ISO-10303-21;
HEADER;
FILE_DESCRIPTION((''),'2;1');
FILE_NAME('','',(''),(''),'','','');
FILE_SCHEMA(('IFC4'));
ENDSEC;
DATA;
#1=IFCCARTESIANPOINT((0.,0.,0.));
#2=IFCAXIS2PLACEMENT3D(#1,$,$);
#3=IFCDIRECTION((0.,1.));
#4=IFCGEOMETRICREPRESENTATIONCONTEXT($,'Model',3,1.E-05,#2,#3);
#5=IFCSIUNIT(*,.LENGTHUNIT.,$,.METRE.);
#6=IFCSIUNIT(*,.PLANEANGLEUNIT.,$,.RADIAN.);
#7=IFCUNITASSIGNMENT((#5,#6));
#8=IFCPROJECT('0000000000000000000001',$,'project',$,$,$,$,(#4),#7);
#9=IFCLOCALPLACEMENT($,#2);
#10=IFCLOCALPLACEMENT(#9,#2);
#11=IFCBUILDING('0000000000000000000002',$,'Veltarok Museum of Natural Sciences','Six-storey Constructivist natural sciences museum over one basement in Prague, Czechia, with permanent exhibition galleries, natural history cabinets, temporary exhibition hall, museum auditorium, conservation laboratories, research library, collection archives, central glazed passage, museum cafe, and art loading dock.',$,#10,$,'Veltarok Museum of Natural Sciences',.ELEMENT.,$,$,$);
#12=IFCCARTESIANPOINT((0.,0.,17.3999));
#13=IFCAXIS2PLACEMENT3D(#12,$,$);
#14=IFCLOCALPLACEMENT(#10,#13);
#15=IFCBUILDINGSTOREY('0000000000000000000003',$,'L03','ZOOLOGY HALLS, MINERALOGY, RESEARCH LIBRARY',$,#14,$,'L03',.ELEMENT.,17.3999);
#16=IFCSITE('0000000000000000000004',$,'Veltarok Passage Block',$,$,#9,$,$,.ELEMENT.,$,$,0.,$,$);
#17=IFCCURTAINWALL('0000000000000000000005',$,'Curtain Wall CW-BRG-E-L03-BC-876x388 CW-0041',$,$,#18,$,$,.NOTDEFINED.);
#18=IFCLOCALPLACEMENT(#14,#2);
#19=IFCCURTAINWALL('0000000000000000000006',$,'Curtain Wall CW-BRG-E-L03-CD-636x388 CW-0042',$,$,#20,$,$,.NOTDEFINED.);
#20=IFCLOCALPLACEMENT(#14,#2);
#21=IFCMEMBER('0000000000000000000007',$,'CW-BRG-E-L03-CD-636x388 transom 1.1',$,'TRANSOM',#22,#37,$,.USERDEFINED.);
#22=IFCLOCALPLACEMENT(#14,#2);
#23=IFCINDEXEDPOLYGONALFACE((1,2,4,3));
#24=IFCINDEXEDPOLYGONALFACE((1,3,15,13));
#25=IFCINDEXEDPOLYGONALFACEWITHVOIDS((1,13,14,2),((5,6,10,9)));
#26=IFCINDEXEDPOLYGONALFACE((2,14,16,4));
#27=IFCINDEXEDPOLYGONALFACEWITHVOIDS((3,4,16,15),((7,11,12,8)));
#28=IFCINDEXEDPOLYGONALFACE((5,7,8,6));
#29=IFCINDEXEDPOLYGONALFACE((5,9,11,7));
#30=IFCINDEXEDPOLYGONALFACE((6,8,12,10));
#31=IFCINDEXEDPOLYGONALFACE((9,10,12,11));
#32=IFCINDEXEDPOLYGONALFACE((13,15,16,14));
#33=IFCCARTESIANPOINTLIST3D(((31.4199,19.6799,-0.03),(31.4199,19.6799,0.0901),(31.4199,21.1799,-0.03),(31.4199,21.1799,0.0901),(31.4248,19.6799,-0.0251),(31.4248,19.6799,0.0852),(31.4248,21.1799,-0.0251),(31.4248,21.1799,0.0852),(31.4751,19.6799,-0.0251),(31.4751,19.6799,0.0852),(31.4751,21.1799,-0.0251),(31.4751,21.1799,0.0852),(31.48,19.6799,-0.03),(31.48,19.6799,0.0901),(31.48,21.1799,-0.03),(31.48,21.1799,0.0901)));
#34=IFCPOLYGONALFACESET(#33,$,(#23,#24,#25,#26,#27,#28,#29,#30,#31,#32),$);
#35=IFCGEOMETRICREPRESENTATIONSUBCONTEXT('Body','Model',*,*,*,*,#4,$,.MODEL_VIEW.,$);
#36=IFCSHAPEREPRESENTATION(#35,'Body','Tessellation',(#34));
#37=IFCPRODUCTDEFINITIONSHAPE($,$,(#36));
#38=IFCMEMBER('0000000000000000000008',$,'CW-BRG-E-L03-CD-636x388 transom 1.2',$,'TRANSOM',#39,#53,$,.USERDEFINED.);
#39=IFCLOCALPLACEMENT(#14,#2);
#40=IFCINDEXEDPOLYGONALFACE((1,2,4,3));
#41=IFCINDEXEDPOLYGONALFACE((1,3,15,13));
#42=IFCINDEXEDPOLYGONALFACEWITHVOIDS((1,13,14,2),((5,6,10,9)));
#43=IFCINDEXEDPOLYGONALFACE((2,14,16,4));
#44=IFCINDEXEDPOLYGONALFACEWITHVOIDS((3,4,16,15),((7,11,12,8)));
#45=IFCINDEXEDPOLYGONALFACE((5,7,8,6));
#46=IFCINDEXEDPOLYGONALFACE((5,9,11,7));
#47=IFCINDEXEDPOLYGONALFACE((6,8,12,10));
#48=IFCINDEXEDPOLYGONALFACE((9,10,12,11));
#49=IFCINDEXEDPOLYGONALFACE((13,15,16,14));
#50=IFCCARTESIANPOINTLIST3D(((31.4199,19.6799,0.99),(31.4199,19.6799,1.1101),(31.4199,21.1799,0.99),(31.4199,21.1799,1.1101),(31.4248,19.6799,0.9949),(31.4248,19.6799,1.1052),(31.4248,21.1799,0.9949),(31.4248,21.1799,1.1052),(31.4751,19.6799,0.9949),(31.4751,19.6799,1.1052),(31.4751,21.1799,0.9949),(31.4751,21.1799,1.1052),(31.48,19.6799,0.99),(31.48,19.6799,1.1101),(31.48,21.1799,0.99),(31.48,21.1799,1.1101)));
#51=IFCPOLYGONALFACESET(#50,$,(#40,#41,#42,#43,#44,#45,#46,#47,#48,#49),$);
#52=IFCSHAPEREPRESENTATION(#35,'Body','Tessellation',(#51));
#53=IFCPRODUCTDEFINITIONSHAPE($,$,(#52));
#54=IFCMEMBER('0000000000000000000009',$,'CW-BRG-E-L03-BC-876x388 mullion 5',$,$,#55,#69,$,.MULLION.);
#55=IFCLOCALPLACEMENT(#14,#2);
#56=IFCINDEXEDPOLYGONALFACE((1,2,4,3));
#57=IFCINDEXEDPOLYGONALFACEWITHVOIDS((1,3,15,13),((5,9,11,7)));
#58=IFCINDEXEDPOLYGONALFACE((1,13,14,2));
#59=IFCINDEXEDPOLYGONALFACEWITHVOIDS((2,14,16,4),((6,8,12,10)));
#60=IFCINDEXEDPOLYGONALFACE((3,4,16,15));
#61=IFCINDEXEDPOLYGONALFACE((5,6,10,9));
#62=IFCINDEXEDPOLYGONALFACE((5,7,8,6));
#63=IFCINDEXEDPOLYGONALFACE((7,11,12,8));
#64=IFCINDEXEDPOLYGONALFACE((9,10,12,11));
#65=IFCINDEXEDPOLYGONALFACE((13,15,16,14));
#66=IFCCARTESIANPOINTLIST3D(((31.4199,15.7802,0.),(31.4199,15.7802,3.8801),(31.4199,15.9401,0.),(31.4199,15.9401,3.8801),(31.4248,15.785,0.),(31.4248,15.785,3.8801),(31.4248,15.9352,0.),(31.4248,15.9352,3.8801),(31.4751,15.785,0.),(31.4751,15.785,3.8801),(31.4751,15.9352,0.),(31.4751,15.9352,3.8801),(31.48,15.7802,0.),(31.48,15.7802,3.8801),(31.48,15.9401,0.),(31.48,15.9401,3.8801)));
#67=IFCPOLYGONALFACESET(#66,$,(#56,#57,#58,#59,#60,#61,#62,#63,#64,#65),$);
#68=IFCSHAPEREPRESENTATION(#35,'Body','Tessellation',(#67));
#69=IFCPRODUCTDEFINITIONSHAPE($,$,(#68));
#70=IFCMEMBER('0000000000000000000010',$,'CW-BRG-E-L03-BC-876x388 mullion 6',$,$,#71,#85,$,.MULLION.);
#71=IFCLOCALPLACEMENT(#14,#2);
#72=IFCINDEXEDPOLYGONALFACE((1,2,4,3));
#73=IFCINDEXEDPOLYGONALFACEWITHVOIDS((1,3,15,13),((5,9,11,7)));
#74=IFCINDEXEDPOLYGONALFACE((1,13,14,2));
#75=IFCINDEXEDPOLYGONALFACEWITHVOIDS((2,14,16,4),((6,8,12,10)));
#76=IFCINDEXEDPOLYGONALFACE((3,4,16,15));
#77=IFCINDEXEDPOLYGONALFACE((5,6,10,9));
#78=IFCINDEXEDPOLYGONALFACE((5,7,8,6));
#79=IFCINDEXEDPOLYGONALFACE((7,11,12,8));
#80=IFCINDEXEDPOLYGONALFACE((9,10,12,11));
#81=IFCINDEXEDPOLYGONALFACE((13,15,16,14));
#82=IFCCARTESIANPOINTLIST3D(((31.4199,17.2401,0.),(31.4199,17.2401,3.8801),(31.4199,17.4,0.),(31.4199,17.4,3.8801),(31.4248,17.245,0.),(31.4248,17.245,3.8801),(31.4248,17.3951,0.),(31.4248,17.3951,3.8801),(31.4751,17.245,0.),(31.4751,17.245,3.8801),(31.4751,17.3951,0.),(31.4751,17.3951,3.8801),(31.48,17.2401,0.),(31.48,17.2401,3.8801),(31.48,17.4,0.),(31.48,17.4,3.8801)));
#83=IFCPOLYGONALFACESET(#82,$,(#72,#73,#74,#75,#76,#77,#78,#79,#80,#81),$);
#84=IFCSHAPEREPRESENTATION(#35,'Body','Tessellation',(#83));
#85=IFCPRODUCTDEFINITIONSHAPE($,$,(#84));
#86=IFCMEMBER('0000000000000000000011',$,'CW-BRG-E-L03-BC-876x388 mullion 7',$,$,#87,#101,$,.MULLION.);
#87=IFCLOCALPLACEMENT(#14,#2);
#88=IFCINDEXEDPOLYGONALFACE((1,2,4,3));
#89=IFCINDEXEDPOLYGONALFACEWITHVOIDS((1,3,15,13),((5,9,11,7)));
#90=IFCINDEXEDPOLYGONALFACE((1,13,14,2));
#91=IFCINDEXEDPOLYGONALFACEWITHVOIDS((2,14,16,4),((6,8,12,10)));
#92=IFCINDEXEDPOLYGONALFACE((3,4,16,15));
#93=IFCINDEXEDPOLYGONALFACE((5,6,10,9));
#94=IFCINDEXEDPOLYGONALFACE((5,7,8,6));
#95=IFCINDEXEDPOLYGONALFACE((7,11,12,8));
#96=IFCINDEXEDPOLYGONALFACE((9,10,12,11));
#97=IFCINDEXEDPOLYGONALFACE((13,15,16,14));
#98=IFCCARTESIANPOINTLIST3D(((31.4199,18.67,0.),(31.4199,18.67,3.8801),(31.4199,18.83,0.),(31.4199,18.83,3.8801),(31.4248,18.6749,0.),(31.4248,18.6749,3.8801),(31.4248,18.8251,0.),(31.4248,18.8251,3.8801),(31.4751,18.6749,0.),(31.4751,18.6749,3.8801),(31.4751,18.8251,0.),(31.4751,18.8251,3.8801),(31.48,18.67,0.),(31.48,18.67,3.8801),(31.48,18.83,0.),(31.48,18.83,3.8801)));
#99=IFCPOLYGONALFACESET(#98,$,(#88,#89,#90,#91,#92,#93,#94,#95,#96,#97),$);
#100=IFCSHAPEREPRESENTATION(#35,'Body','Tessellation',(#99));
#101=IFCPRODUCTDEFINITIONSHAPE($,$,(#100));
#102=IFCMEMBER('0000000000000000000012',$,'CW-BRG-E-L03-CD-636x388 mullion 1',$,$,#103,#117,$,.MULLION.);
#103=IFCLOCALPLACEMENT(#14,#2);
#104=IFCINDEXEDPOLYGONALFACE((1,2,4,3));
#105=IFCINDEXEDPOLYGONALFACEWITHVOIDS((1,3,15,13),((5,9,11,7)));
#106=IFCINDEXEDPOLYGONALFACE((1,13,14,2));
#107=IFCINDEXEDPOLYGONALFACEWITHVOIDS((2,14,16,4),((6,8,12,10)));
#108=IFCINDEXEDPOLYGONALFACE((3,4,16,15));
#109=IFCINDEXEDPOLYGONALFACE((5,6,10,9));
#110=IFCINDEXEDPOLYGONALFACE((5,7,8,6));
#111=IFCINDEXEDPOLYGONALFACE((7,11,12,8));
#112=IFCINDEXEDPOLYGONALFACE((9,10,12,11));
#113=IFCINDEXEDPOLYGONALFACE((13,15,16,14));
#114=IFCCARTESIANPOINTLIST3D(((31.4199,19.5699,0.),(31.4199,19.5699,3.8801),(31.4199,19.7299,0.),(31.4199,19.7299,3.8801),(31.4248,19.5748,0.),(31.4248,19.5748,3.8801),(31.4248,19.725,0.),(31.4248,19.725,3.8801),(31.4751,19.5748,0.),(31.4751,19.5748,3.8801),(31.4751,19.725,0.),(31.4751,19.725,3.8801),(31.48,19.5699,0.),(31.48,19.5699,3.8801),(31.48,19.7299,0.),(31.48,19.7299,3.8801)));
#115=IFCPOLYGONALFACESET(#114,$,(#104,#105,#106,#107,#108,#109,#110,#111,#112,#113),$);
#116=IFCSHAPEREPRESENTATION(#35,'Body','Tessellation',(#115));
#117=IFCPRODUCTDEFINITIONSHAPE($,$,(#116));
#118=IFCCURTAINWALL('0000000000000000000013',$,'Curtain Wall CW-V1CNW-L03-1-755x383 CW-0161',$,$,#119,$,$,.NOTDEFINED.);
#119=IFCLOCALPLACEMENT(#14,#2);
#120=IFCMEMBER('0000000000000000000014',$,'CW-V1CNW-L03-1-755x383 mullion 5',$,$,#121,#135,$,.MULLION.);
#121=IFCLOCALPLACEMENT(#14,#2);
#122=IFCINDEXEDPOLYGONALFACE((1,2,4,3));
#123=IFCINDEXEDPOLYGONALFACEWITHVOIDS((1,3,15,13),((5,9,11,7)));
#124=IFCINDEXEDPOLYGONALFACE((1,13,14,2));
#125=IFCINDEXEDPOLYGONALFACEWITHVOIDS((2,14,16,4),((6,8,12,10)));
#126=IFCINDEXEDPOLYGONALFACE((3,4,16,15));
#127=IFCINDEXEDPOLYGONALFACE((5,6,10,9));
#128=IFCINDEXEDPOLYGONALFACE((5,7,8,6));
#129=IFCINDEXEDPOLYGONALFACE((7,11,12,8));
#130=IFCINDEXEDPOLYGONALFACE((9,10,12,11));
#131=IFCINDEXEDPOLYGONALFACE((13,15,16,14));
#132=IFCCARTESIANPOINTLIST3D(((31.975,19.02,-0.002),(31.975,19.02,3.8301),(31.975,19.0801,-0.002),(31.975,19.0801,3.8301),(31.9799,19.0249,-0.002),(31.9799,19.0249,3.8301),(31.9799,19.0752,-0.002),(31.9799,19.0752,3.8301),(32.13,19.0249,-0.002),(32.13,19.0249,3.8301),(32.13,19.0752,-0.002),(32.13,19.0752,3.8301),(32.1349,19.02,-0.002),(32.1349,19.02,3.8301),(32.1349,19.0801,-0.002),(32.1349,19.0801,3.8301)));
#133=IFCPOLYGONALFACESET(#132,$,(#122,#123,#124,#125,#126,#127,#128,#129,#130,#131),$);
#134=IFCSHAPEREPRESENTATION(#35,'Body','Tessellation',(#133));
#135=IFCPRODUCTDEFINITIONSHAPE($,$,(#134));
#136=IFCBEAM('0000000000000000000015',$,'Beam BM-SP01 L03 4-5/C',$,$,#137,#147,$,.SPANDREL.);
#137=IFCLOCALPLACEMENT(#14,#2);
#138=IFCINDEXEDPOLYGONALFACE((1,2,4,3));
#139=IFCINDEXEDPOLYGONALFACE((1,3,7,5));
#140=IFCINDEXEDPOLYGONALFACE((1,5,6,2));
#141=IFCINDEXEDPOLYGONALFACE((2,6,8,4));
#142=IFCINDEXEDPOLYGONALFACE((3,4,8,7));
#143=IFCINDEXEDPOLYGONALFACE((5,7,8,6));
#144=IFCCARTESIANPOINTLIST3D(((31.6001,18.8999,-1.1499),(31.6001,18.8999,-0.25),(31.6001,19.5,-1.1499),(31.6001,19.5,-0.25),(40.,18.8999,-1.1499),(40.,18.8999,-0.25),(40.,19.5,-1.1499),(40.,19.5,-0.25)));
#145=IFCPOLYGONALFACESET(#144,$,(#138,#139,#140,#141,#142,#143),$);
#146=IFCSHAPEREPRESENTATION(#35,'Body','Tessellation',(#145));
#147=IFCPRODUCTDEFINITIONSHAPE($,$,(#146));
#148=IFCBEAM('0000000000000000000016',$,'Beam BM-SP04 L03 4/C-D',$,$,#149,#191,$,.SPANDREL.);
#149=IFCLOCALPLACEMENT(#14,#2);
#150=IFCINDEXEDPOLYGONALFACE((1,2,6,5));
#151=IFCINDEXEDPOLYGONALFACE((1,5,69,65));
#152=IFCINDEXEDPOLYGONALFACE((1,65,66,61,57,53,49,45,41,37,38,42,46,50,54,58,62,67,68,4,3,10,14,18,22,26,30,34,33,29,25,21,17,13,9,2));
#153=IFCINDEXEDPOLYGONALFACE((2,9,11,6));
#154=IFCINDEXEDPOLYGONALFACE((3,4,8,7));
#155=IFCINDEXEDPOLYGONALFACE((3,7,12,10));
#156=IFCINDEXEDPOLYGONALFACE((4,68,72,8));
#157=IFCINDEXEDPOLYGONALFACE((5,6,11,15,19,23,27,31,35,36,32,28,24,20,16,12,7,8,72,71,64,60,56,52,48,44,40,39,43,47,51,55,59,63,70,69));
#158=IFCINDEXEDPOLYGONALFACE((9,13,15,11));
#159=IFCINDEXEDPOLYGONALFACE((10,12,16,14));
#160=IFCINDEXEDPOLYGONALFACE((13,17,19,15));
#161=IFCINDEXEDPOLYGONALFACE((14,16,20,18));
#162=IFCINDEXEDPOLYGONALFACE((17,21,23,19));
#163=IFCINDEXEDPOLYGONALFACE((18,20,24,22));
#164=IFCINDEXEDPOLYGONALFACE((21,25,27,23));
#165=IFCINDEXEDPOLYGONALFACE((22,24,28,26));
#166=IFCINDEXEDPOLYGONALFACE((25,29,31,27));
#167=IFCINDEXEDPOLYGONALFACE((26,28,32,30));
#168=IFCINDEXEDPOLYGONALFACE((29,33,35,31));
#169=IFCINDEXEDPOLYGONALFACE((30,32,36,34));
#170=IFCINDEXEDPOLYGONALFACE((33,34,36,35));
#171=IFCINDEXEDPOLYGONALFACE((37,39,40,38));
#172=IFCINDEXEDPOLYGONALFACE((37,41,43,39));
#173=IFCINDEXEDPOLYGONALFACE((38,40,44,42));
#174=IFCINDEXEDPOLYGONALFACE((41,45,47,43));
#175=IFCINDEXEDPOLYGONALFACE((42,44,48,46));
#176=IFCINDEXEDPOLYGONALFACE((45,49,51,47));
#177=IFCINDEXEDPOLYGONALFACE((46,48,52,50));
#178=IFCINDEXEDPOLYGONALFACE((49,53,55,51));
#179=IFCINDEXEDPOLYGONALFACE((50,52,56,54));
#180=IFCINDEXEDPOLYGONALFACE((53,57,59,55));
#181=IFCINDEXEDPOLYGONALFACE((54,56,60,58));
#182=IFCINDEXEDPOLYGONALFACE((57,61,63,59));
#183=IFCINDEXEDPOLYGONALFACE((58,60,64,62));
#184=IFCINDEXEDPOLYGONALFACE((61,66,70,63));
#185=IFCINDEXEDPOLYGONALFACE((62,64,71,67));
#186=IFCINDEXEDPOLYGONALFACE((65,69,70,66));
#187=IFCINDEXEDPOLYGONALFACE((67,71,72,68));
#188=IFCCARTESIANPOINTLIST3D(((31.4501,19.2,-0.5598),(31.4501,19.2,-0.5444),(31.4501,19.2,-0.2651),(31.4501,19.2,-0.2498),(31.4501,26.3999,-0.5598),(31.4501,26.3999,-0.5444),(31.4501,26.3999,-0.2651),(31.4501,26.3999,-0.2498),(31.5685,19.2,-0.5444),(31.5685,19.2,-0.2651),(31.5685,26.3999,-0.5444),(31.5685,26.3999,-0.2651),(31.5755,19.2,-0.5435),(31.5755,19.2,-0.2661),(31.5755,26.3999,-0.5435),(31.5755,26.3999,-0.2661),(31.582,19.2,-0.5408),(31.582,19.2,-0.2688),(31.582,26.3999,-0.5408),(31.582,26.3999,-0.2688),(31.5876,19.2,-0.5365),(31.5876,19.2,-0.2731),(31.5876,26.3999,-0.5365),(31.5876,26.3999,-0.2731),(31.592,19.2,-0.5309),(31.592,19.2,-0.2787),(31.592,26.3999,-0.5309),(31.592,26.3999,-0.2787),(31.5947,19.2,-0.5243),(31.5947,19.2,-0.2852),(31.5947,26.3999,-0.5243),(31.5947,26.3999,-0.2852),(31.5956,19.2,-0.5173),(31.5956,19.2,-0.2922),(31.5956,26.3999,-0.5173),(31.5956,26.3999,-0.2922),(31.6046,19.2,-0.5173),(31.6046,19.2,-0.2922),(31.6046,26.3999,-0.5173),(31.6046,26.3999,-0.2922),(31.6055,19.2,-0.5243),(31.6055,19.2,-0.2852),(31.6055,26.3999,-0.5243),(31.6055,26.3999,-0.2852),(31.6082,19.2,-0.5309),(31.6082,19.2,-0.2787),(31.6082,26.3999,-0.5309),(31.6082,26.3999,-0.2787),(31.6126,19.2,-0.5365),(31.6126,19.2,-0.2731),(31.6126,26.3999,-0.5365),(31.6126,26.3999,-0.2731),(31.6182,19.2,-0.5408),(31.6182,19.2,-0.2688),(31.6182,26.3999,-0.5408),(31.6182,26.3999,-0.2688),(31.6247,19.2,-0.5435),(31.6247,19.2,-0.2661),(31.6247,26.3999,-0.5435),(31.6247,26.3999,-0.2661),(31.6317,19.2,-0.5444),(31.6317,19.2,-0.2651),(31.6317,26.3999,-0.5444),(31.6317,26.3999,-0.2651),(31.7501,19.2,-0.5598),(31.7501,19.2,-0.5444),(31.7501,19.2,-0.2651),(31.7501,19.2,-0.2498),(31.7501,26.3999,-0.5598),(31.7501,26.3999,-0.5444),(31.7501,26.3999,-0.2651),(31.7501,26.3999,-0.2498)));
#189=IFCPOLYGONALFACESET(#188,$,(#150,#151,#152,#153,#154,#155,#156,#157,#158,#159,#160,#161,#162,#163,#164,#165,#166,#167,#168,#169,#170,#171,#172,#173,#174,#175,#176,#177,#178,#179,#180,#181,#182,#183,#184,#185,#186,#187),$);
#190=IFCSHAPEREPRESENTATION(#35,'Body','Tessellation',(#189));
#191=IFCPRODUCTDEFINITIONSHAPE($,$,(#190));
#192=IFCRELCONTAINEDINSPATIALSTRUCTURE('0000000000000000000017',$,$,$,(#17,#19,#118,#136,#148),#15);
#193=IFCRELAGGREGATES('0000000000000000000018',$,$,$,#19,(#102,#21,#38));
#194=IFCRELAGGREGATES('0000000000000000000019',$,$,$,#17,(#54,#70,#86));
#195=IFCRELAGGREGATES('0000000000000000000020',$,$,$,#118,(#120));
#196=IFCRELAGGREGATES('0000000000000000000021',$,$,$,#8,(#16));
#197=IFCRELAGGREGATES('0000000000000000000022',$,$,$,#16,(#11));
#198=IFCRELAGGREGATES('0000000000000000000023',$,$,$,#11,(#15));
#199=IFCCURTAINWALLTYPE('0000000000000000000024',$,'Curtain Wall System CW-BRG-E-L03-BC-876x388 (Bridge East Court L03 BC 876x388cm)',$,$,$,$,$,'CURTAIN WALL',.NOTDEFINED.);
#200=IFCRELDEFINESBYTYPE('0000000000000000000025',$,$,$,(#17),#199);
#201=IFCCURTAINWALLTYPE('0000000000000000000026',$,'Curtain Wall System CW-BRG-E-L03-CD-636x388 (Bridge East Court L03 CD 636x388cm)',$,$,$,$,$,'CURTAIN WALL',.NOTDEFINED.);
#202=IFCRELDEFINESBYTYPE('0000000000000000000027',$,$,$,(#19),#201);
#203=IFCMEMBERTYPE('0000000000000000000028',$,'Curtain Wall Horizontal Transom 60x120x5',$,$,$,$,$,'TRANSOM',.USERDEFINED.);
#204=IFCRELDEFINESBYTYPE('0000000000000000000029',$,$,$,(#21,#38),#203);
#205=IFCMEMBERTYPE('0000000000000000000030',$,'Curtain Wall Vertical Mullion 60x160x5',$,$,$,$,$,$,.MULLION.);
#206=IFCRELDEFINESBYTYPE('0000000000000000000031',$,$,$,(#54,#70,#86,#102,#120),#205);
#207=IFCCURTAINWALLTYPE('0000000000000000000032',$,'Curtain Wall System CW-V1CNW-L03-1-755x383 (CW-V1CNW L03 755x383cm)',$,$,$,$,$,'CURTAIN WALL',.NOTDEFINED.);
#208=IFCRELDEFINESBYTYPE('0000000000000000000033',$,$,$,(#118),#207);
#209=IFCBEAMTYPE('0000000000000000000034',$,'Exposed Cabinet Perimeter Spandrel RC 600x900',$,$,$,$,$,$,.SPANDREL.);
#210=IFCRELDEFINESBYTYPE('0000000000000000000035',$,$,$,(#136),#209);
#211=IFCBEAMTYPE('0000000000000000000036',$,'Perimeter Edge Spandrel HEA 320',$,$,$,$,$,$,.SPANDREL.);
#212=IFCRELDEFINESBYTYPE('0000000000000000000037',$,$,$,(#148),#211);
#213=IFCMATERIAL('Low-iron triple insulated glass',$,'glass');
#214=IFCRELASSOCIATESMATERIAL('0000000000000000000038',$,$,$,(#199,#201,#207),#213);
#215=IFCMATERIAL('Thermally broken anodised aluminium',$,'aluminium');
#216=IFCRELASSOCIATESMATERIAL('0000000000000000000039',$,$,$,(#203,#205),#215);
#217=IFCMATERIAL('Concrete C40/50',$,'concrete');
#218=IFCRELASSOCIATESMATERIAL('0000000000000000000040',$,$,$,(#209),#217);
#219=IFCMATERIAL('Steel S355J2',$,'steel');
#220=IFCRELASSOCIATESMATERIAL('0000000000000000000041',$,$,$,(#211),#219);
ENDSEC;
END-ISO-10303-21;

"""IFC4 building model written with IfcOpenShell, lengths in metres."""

from ifc_helpers import new_model, si_unit, direction, frame, origin, origin_2d, place, context, subcontext, project, spatial, rectangle, hollow_rectangle, i_section, extrude, material, material_profile, profile_set, type_object, element, aggregate, save


model = new_model("IFC4")

# Units and contexts
model_context = context("Model", 3, precision=1e-05, world=origin(), true_north=direction((0.0, 1.0)))
body_context = subcontext(model_context, "Body", "Model", "MODEL_VIEW")
ifc_project = project(units=[si_unit("LENGTHUNIT", "METRE"), si_unit("PLANEANGLEUNIT", "RADIAN")], contexts=[model_context])

# Site, building, storey
site_placement = place(None, origin())
site = spatial("IfcSite", under=ifc_project, at=site_placement, Name="Veltarok Passage Block", CompositionType="ELEMENT", RefElevation=0.0)
building_placement = place(site_placement, origin())
building = spatial("IfcBuilding", under=site, at=building_placement, Name="Veltarok Museum of Natural Sciences", Description="Six-storey Constructivist natural sciences museum over one basement in Prague, Czechia, with permanent exhibition galleries, natural history cabinets, temporary exhibition hall, museum auditorium, conservation laboratories, research library, collection archives, central glazed passage, museum cafe, and art loading dock.", LongName="Veltarok Museum of Natural Sciences", CompositionType="ELEMENT")
storey_placement = place(building_placement, frame((0.0, 0.0, 17.3999)))
storey = spatial("IfcBuildingStorey", under=building, at=storey_placement, Name="L03", Description="ZOOLOGY HALLS, MINERALOGY, RESEARCH LIBRARY", LongName="L03", CompositionType="ELEMENT", Elevation=17.3999)

# Shared definitions
ifc_material_1 = material(Name="Concrete C40/50", Category="concrete")

# Curtain walls, members
ifc_material_2 = material(Name="Low-iron triple insulated glass", Category="glass")
curtain_wall_type_1 = type_object("IfcCurtainWallType", Name="Curtain Wall System CW-BRG-E-L03-BC-876x388 (Bridge East Court L03 BC 876x388cm)", ElementType="CURTAIN WALL", PredefinedType="NOTDEFINED", material=ifc_material_2)
curtain_wall_1_placement = place(storey_placement, origin())
curtain_wall_1 = element("IfcCurtainWall", 1, at=curtain_wall_1_placement, inside=storey, type_object=curtain_wall_type_1, Name="Curtain Wall CW-BRG-E-L03-BC-876x388 CW-0041", PredefinedType="NOTDEFINED")
ifc_material_3 = material(Name="Thermally broken anodised aluminium", Category="aluminium")
ifc_material_profile_1 = material_profile(ifc_material_3, hollow_rectangle(XDim=0.0601, YDim=0.1201, WallThickness=0.0049, at=origin_2d()), Name="CW TRANSOM 60x120x5")
ifc_profile_set_1 = profile_set([ifc_material_profile_1], Name="Thermally broken anodised aluminium")
member_type_1 = type_object("IfcMemberType", Name="Curtain Wall Horizontal Transom 60x120x5", ElementType="TRANSOM", PredefinedType="USERDEFINED", material=ifc_profile_set_1)
curtain_wall_type_2 = type_object("IfcCurtainWallType", Name="Curtain Wall System CW-BRG-E-L03-CD-636x388 (Bridge East Court L03 CD 636x388cm)", ElementType="CURTAIN WALL", PredefinedType="NOTDEFINED", material=ifc_material_2)
curtain_wall_2_placement = place(storey_placement, origin())
curtain_wall_2 = element("IfcCurtainWall", 2, at=curtain_wall_2_placement, inside=storey, type_object=curtain_wall_type_2, Name="Curtain Wall CW-BRG-E-L03-CD-636x388 CW-0042", PredefinedType="NOTDEFINED")
member_1_placement = place(storey_placement, frame((31.45, 19.6799, 0.03), z_axis=(0.0, 1.0, 0.0), x_axis=(-1.0, 0.0, 0.0)))
member_1 = element("IfcMember", 3, at=member_1_placement, type_object=member_type_1, Name="CW-BRG-E-L03-CD-636x388 transom 1.1", ObjectType="TRANSOM", PredefinedType="USERDEFINED", context=body_context, shape_type="SweptSolid", body=[
    extrude(hollow_rectangle(XDim=0.0601, YDim=0.1201, WallThickness=0.0049, at=origin_2d()), origin(), (0.0, 0.0, 1.0), 1.5),
])
member_2_placement = place(storey_placement, frame((31.45, 19.6799, 1.05), z_axis=(0.0, 1.0, 0.0), x_axis=(-1.0, 0.0, 0.0)))
member_2 = element("IfcMember", 4, at=member_2_placement, type_object=member_type_1, Name="CW-BRG-E-L03-CD-636x388 transom 1.2", ObjectType="TRANSOM", PredefinedType="USERDEFINED", context=body_context, shape_type="SweptSolid", body=[
    extrude(hollow_rectangle(XDim=0.0601, YDim=0.1201, WallThickness=0.0049, at=origin_2d()), origin(), (0.0, 0.0, 1.0), 1.5),
])

# Members
ifc_material_profile_2 = material_profile(ifc_material_3, hollow_rectangle(XDim=0.0601, YDim=0.1599, WallThickness=0.0049, at=origin_2d()), Name="CW MULLION 60x160x5")
ifc_profile_set_2 = profile_set([ifc_material_profile_2], Name="Thermally broken anodised aluminium")
member_type_2 = type_object("IfcMemberType", Name="Curtain Wall Vertical Mullion 60x160x5", PredefinedType="MULLION", material=ifc_profile_set_2)
member_3_placement = place(storey_placement, frame((31.45, 15.8601, 0.0), z_axis=(0.0, 0.0, 1.0), x_axis=(-1.0, 0.0, 0.0)))
member_3 = element("IfcMember", 5, at=member_3_placement, type_object=member_type_2, Name="CW-BRG-E-L03-BC-876x388 mullion 5", PredefinedType="MULLION", context=body_context, shape_type="SweptSolid", body=[
    extrude(hollow_rectangle(XDim=0.0601, YDim=0.1599, WallThickness=0.0049, at=origin_2d()), origin(), (0.0, 0.0, 1.0), 3.8801),
])
member_4_placement = place(storey_placement, frame((31.45, 17.3201, 0.0), z_axis=(0.0, 0.0, 1.0), x_axis=(-1.0, 0.0, 0.0)))
member_4 = element("IfcMember", 6, at=member_4_placement, type_object=member_type_2, Name="CW-BRG-E-L03-BC-876x388 mullion 6", PredefinedType="MULLION", context=body_context, shape_type="SweptSolid", body=[
    extrude(hollow_rectangle(XDim=0.0601, YDim=0.1599, WallThickness=0.0049, at=origin_2d()), origin(), (0.0, 0.0, 1.0), 3.8801),
])
member_5_placement = place(storey_placement, frame((31.45, 18.75, 0.0), z_axis=(0.0, 0.0, 1.0), x_axis=(-1.0, 0.0, 0.0)))
member_5 = element("IfcMember", 7, at=member_5_placement, type_object=member_type_2, Name="CW-BRG-E-L03-BC-876x388 mullion 7", PredefinedType="MULLION", context=body_context, shape_type="SweptSolid", body=[
    extrude(hollow_rectangle(XDim=0.0601, YDim=0.1599, WallThickness=0.0049, at=origin_2d()), origin(), (0.0, 0.0, 1.0), 3.8801),
])
member_6_placement = place(storey_placement, frame((31.45, 19.6499, 0.0), z_axis=(0.0, 0.0, 1.0), x_axis=(-1.0, 0.0, 0.0)))
member_6 = element("IfcMember", 8, at=member_6_placement, type_object=member_type_2, Name="CW-BRG-E-L03-CD-636x388 mullion 1", PredefinedType="MULLION", context=body_context, shape_type="SweptSolid", body=[
    extrude(hollow_rectangle(XDim=0.0601, YDim=0.1599, WallThickness=0.0049, at=origin_2d()), origin(), (0.0, 0.0, 1.0), 3.8801),
])
aggregate(curtain_wall_2, [member_6, member_1, member_2])

# Curtain wall, member
curtain_wall_type_3 = type_object("IfcCurtainWallType", Name="Curtain Wall System CW-V1CNW-L03-1-755x383 (CW-V1CNW L03 755x383cm)", ElementType="CURTAIN WALL", PredefinedType="NOTDEFINED", material=ifc_material_2)
curtain_wall_3_placement = place(storey_placement, origin())
curtain_wall_3 = element("IfcCurtainWall", 9, at=curtain_wall_3_placement, inside=storey, type_object=curtain_wall_type_3, Name="Curtain Wall CW-V1CNW-L03-1-755x383 CW-0161", PredefinedType="NOTDEFINED")
member_7_placement = place(storey_placement, frame((32.0549, 19.05, -0.002), z_axis=(0.0, 0.0, 1.0), x_axis=(0.0, -1.0, 0.0)))
member_7 = element("IfcMember", 10, at=member_7_placement, type_object=member_type_2, Name="CW-V1CNW-L03-1-755x383 mullion 5", PredefinedType="MULLION", context=body_context, shape_type="SweptSolid", body=[
    extrude(hollow_rectangle(XDim=0.0601, YDim=0.1599, WallThickness=0.0049, at=origin_2d()), origin(), (0.0, 0.0, 1.0), 3.832),
])

# Beams
ifc_material_profile_3 = material_profile(ifc_material_1, rectangle(XDim=0.6001, YDim=0.8999, at=origin_2d()), Name="RC 600x900")
ifc_profile_set_3 = profile_set([ifc_material_profile_3], Name="Concrete C40/50")
beam_type_1 = type_object("IfcBeamType", Name="Exposed Cabinet Perimeter Spandrel RC 600x900", PredefinedType="SPANDREL", material=ifc_profile_set_3)
beam_1_placement = place(storey_placement, frame((31.6001, 19.2, -0.7), z_axis=(1.0, 0.0, 0.0), x_axis=(0.0, 1.0, 0.0)))
element("IfcBeam", 11, at=beam_1_placement, inside=storey, type_object=beam_type_1, Name="Beam BM-SP01 L03 4-5/C", PredefinedType="SPANDREL", context=body_context, shape_type="SweptSolid", body=[
    extrude(rectangle(XDim=0.6001, YDim=0.8999, at=origin_2d()), origin(), (0.0, 0.0, 1.0), 8.3999),
])
ifc_material_4 = material(Name="Steel S355J2", Category="steel")
ifc_material_profile_4 = material_profile(ifc_material_4, i_section(OverallWidth=0.3, OverallDepth=0.3101, WebThickness=0.009, FlangeThickness=0.0154, FilletRadius=0.0271, at=origin_2d()), Name="HEA 320")
ifc_profile_set_4 = profile_set([ifc_material_profile_4], Name="Steel S355J2")
beam_type_2 = type_object("IfcBeamType", Name="Perimeter Edge Spandrel HEA 320", PredefinedType="SPANDREL", material=ifc_profile_set_4)
beam_2_placement = place(storey_placement, frame((31.6001, 19.2, -0.4048), z_axis=(0.0, 1.0, 0.0), x_axis=(-1.0, 0.0, 0.0)))
element("IfcBeam", 12, at=beam_2_placement, inside=storey, type_object=beam_type_2, Name="Beam BM-SP04 L03 4/C-D", PredefinedType="SPANDREL", context=body_context, shape_type="SweptSolid", body=[
    extrude(i_section(OverallWidth=0.3, OverallDepth=0.3101, WebThickness=0.009, FlangeThickness=0.0154, FilletRadius=0.0271, at=origin_2d()), origin(), (0.0, 0.0, 1.0), 7.2),
])

aggregate(curtain_wall_1, [member_3, member_4, member_5])
aggregate(curtain_wall_3, [member_7])

save(model, "model.ifc")
